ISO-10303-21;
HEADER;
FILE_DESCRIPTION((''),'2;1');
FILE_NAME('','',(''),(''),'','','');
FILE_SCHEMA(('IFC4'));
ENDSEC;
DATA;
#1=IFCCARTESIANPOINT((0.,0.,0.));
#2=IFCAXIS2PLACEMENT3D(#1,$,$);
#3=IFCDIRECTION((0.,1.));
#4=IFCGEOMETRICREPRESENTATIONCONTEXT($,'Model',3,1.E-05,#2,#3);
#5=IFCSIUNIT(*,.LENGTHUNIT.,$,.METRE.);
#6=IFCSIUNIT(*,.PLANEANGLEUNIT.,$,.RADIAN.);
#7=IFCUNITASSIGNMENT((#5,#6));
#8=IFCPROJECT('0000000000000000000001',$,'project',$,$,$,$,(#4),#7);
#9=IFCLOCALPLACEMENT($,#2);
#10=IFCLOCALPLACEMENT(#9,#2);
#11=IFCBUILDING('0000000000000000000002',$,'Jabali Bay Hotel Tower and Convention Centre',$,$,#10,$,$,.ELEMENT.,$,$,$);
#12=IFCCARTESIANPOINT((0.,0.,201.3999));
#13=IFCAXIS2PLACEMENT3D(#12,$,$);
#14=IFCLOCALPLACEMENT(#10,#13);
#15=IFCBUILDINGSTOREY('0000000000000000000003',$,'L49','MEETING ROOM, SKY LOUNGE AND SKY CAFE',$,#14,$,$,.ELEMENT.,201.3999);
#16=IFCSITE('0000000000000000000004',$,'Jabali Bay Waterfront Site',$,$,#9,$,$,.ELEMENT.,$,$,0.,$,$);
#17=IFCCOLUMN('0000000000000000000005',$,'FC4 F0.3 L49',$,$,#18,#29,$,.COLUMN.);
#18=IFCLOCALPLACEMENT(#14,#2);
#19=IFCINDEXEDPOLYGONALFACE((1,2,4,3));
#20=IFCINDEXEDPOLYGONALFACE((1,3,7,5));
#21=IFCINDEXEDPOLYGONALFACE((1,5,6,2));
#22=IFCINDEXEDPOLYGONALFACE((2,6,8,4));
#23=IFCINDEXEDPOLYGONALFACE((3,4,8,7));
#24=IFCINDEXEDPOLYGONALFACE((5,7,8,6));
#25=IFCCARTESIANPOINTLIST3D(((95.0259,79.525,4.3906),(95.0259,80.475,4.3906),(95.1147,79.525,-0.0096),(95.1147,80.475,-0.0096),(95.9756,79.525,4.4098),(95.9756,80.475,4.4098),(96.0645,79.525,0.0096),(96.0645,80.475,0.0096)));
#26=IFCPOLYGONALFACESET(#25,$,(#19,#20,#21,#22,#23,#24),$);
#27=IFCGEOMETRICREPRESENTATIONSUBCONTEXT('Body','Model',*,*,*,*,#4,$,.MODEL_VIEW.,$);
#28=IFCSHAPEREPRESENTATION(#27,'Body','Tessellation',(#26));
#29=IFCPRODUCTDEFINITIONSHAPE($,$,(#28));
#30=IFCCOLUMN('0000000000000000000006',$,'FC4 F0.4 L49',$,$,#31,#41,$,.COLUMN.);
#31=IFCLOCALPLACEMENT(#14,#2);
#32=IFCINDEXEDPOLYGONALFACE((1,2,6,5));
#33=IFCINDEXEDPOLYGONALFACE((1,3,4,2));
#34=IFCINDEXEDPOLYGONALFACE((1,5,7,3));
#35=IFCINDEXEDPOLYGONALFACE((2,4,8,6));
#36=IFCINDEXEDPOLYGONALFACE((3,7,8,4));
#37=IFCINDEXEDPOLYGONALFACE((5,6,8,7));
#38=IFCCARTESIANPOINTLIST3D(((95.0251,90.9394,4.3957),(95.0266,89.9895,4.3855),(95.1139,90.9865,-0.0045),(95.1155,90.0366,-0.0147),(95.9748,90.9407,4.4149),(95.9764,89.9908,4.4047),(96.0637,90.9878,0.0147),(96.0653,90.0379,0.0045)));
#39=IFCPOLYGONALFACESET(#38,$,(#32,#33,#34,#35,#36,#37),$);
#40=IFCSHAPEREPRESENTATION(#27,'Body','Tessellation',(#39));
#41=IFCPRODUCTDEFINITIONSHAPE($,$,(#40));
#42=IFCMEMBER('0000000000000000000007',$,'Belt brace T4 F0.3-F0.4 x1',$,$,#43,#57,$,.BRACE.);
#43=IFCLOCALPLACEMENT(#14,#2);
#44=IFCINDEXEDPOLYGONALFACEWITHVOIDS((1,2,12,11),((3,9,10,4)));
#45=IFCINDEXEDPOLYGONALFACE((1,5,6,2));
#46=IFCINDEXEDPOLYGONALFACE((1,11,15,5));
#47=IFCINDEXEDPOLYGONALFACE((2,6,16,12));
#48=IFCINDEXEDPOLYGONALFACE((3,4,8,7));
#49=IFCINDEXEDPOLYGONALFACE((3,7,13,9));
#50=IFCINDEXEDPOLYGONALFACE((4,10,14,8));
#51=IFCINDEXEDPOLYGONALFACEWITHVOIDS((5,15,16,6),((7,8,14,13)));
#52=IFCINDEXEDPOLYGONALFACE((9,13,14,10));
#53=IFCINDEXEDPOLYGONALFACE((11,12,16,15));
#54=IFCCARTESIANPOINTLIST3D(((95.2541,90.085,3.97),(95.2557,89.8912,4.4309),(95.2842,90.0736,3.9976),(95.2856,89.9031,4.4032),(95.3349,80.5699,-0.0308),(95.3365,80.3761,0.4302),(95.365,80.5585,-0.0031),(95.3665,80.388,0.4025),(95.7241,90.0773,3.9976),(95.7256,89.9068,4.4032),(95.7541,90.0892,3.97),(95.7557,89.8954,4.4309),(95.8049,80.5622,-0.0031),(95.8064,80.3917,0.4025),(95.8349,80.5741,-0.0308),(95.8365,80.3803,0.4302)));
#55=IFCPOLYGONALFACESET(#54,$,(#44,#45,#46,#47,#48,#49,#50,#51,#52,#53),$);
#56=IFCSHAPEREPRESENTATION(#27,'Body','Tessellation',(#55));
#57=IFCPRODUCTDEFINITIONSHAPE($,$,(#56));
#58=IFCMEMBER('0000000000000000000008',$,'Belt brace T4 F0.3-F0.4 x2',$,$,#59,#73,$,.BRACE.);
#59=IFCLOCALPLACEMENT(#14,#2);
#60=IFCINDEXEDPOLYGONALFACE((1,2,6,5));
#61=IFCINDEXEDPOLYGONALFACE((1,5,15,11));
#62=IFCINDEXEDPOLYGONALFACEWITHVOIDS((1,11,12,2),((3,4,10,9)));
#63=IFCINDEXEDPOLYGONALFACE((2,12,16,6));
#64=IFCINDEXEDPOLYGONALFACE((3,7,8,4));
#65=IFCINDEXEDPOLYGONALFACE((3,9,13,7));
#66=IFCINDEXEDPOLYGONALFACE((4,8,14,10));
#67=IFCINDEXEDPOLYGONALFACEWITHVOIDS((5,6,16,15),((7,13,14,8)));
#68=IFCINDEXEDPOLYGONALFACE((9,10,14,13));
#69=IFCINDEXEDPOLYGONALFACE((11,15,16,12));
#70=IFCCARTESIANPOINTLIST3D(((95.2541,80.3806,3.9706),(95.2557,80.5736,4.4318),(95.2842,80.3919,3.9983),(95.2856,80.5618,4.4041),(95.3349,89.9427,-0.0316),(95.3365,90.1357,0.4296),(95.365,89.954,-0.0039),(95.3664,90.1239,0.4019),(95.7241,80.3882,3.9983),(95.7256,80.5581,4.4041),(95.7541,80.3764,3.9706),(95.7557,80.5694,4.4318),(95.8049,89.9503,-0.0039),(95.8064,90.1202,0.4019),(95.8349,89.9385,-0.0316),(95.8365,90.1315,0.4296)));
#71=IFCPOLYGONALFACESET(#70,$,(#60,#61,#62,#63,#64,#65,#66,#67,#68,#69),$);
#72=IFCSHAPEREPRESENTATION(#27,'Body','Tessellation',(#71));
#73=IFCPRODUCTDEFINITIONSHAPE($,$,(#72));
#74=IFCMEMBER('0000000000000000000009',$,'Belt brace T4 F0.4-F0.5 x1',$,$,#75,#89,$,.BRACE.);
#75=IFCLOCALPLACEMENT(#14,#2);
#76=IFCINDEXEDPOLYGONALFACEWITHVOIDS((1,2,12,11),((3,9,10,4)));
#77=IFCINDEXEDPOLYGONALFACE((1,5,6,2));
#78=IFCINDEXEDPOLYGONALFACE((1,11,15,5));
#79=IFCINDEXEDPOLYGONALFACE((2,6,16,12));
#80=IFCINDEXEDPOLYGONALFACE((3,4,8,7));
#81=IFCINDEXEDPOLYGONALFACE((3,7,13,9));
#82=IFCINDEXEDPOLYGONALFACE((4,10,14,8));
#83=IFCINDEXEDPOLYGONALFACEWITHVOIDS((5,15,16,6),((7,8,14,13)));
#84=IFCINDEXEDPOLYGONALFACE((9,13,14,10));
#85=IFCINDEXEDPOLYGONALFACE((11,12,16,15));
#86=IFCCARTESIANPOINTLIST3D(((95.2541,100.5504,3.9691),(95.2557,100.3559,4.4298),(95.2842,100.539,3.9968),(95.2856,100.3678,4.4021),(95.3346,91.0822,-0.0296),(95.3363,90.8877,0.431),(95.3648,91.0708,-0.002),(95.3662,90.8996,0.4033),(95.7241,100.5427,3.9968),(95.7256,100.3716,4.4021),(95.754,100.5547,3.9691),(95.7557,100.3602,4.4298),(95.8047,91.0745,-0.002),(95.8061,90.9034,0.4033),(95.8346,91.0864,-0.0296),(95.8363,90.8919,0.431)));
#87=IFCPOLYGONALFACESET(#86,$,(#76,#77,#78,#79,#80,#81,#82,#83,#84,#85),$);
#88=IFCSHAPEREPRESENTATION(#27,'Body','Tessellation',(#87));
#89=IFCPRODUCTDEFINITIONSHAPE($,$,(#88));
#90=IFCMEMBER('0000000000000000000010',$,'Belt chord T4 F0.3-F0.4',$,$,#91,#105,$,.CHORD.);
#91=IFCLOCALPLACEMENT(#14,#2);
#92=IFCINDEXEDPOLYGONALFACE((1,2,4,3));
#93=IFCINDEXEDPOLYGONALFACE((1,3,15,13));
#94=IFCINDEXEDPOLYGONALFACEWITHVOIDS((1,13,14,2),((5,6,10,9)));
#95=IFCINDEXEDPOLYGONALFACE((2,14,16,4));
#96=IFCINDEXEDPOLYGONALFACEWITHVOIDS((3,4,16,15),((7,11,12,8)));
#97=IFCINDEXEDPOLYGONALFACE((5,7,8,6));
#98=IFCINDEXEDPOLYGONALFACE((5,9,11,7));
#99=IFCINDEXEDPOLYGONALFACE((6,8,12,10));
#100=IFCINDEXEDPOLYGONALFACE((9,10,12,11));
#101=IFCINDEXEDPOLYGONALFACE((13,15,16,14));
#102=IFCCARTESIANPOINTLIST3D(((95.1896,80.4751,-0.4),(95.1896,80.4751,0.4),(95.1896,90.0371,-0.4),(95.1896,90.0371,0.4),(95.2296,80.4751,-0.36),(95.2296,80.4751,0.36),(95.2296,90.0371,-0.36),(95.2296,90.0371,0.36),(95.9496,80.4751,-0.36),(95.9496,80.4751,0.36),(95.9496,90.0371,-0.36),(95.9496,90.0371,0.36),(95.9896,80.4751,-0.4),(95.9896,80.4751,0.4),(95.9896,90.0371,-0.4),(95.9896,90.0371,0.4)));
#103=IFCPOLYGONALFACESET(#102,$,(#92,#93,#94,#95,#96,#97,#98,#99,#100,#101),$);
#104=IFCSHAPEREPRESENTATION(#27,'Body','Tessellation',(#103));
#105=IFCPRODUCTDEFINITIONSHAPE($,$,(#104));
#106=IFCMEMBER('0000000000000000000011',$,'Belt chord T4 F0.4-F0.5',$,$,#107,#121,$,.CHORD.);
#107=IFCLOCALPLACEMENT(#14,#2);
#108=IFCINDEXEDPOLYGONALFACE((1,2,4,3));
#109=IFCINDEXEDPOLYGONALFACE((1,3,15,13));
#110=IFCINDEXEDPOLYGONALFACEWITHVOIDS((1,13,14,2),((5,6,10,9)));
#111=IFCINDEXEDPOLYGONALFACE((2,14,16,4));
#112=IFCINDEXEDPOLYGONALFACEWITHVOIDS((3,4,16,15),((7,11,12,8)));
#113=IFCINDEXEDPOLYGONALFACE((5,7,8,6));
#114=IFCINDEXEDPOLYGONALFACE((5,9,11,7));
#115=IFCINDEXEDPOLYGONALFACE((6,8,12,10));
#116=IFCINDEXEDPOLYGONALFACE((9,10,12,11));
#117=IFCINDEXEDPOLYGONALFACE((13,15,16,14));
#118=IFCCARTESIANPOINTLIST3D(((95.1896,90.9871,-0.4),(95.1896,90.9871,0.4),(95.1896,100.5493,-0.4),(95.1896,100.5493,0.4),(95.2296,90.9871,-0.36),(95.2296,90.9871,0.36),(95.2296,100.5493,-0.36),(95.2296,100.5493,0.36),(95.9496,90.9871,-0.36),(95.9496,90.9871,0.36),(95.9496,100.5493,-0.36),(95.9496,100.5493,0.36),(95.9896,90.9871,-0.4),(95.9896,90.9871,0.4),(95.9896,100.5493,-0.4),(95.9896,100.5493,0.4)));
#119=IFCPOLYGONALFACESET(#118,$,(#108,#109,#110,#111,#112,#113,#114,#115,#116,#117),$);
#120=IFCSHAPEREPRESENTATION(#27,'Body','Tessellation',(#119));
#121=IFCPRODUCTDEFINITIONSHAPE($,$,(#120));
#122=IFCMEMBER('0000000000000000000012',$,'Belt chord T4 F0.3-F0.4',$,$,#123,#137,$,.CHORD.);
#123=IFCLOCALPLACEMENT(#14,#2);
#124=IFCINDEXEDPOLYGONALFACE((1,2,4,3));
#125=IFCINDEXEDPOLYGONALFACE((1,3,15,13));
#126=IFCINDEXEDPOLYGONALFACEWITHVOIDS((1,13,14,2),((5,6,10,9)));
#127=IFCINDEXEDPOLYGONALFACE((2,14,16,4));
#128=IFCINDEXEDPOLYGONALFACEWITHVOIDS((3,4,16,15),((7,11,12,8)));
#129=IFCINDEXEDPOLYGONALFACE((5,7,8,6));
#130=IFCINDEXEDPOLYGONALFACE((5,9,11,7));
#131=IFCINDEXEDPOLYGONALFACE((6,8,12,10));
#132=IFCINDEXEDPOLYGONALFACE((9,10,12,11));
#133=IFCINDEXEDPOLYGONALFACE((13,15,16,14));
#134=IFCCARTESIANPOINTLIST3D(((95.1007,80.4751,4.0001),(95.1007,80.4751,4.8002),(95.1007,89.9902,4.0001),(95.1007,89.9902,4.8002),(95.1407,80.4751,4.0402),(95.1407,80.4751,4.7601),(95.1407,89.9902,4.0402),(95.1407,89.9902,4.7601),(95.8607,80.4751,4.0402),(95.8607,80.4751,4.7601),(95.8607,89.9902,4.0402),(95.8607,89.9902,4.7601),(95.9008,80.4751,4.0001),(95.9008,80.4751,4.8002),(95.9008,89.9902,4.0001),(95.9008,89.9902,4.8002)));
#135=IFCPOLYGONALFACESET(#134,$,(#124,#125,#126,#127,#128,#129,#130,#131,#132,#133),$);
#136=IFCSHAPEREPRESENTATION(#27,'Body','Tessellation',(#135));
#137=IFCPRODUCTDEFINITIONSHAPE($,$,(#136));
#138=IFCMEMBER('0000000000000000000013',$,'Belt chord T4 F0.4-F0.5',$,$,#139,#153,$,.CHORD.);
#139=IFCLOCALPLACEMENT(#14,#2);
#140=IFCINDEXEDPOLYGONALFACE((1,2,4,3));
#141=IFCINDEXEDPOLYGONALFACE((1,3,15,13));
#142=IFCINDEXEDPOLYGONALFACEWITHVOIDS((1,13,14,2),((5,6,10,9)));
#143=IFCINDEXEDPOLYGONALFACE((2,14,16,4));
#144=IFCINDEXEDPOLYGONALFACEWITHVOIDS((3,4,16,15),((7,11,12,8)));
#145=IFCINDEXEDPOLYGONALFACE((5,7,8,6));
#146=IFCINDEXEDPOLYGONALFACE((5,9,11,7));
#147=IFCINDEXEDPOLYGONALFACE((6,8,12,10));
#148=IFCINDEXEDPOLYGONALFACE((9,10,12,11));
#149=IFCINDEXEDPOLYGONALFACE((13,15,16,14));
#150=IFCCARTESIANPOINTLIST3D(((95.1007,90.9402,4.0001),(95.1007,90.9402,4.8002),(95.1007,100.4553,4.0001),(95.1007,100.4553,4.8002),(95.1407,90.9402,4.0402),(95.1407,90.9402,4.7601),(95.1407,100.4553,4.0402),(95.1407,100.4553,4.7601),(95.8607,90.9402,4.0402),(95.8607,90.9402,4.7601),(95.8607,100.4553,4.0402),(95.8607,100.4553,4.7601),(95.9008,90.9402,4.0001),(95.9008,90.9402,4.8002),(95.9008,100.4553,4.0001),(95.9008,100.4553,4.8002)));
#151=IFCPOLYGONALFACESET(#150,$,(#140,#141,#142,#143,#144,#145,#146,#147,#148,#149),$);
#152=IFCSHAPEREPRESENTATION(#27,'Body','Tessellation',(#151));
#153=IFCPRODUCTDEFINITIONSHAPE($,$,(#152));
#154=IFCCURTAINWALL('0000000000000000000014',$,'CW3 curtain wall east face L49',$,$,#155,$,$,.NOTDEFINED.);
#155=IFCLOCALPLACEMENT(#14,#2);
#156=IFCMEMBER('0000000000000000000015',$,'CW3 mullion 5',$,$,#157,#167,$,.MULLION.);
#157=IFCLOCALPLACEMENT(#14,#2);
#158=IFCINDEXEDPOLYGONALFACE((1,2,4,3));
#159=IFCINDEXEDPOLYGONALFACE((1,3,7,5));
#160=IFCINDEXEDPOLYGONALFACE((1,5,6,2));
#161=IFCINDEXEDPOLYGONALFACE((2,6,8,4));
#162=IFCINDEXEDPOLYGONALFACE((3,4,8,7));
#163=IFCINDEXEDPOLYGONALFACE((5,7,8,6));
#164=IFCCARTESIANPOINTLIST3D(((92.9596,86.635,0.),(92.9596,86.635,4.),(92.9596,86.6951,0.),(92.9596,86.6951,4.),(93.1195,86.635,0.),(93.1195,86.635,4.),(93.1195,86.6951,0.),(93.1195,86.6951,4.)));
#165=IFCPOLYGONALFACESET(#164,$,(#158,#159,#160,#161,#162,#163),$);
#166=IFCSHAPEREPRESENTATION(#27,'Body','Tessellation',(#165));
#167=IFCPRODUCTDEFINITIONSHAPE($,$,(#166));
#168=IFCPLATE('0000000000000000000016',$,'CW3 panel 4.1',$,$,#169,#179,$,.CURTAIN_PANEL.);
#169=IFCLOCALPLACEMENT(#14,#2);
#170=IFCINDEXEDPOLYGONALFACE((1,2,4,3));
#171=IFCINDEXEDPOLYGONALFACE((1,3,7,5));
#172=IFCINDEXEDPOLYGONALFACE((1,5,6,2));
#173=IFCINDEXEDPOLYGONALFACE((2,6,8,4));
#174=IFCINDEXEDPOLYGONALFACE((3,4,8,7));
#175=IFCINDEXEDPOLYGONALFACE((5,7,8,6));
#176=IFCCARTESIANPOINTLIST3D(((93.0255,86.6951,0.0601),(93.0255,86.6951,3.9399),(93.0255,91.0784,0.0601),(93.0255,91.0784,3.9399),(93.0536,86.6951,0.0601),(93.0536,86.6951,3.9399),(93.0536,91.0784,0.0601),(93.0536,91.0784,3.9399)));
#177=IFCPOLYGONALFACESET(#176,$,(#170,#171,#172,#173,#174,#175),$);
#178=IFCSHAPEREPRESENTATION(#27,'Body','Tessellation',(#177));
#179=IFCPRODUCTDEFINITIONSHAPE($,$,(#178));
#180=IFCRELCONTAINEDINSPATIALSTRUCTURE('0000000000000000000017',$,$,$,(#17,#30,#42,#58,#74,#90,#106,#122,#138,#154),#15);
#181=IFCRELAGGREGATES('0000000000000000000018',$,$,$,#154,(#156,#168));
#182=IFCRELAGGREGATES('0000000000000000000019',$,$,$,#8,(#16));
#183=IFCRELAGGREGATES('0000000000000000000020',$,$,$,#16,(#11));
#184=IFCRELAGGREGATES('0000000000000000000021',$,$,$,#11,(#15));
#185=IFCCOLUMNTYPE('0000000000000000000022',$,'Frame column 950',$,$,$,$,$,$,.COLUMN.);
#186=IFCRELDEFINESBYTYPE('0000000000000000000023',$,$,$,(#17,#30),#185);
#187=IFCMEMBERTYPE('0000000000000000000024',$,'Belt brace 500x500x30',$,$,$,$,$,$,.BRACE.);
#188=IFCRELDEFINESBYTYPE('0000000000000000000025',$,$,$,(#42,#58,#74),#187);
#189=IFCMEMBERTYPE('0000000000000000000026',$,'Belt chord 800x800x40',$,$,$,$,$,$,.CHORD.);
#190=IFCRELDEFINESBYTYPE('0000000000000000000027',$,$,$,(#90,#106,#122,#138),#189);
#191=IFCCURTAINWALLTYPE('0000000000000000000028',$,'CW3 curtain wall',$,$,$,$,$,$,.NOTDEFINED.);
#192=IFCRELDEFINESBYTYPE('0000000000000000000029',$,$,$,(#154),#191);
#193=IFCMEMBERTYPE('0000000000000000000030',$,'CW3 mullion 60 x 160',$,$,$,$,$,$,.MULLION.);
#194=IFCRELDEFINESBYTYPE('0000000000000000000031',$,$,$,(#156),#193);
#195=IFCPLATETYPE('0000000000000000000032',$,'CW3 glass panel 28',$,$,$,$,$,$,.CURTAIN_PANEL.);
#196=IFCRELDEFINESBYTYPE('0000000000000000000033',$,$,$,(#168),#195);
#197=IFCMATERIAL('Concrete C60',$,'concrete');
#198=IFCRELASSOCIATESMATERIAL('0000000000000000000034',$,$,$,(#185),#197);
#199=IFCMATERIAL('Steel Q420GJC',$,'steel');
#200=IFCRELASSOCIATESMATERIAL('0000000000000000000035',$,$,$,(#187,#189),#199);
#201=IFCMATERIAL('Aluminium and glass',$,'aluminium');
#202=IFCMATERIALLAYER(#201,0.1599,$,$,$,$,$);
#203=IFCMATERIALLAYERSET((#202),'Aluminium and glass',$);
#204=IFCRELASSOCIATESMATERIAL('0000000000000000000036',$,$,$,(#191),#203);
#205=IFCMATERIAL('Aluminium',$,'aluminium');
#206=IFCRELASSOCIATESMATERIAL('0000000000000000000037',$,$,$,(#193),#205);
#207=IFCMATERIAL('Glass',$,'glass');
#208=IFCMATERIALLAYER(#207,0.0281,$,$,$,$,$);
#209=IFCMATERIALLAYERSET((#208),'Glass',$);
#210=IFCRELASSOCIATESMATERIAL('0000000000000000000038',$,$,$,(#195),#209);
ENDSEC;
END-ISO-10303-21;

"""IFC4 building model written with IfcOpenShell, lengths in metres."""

from ifc_helpers import new_model, si_unit, direction, frame, origin, origin_2d, place, context, subcontext, project, spatial, rectangle, hollow_rectangle, extrude, material, layer, layer_set, material_profile, profile_set, type_object, element, aggregate, save


model = new_model("IFC4")

# Units and contexts
model_context = context("Model", 3, precision=1e-05, world=origin(), true_north=direction((0.0, 1.0)))
body_context = subcontext(model_context, "Body", "Model", "MODEL_VIEW")
ifc_project = project(units=[si_unit("LENGTHUNIT", "METRE"), si_unit("PLANEANGLEUNIT", "RADIAN")], contexts=[model_context])

# Site, building, storey
site_placement = place(None, origin())
site = spatial("IfcSite", under=ifc_project, at=site_placement, Name="Jabali Bay Waterfront Site", CompositionType="ELEMENT", RefElevation=0.0)
building_placement = place(site_placement, origin())
building = spatial("IfcBuilding", under=site, at=building_placement, Name="Jabali Bay Hotel Tower and Convention Centre", CompositionType="ELEMENT")
storey_placement = place(building_placement, frame((0.0, 0.0, 201.3999)))
storey = spatial("IfcBuildingStorey", under=building, at=storey_placement, Name="L49", Description="MEETING ROOM, SKY LOUNGE AND SKY CAFE", CompositionType="ELEMENT", Elevation=201.3999)

# Columns
ifc_material_1 = material(Name="Concrete C60", Category="concrete")
ifc_material_profile_1 = material_profile(ifc_material_1, rectangle(XDim=0.95, YDim=0.95, at=origin_2d()), Name="Frame column 950")
ifc_profile_set_1 = profile_set([ifc_material_profile_1], Name="Concrete C60")
column_type = type_object("IfcColumnType", Name="Frame column 950", PredefinedType="COLUMN", material=ifc_profile_set_1)
column_1_placement = place(storey_placement, frame((95.5896, 80.0, 0.0), z_axis=(-0.020192, 0.0, 0.999796), x_axis=(0.0, -1.0, 0.0)))
element("IfcColumn", 1, at=column_1_placement, inside=storey, type_object=column_type, Name="FC4 F0.3 L49", PredefinedType="COLUMN", context=body_context, shape_type="SweptSolid", body=[
    extrude(rectangle(XDim=0.95, YDim=0.95, at=origin_2d()), origin(), (0.0, 0.0, 1.0), 4.4011),
])
column_2_placement = place(storey_placement, frame((95.5896, 90.5122, 0.0), z_axis=(-0.020191, -0.010706, 0.999739), x_axis=(0.999795, 0.00143, 0.020208)))
element("IfcColumn", 2, at=column_2_placement, inside=storey, type_object=column_type, Name="FC4 F0.4 L49", PredefinedType="COLUMN", context=body_context, shape_type="SweptSolid", body=[
    extrude(rectangle(XDim=0.95, YDim=0.95, at=origin_2d()), origin(), (0.0, 0.0, 1.0), 4.4014),
])

# Members
ifc_material_2 = material(Name="Steel Q420GJC", Category="steel")
ifc_material_profile_2 = material_profile(ifc_material_2, hollow_rectangle(XDim=0.5, YDim=0.5, WallThickness=0.03, at=origin_2d()), Name="Belt brace 500x500x30")
ifc_profile_set_2 = profile_set([ifc_material_profile_2], Name="Steel Q420GJC")
member_type_1 = type_object("IfcMemberType", Name="Belt brace 500x500x30", PredefinedType="BRACE", material=ifc_profile_set_2)
member_1_placement = place(storey_placement, frame((95.5857, 80.4751, 0.1997), z_axis=(-0.007829, 0.921802, 0.387581), x_axis=(-0.999964, -0.008493, 0.0)))
element("IfcMember", 3, at=member_1_placement, inside=storey, type_object=member_type_1, Name="Belt brace T4 F0.3-F0.4 x1", PredefinedType="BRACE", context=body_context, shape_type="SweptSolid", body=[
    extrude(hollow_rectangle(XDim=0.5, YDim=0.5, WallThickness=0.03, at=origin_2d()), origin(), (0.0, 0.0, 1.0), 10.3223),
])
member_2_placement = place(storey_placement, frame((95.5857, 90.0371, 0.199), z_axis=(-0.007796, -0.92243, 0.386085), x_axis=(0.999964, -0.008451, 0.0)))
element("IfcMember", 4, at=member_2_placement, inside=storey, type_object=member_type_1, Name="Belt brace T4 F0.3-F0.4 x2", PredefinedType="BRACE", context=body_context, shape_type="SweptSolid", body=[
    extrude(hollow_rectangle(XDim=0.5, YDim=0.5, WallThickness=0.03, at=origin_2d()), origin(), (0.0, 0.0, 1.0), 10.3662),
])
member_3_placement = place(storey_placement, frame((95.5854, 90.9871, 0.2007), z_axis=(-0.007838, 0.921184, 0.389048), x_axis=(-0.999964, -0.008509, 0.0)))
element("IfcMember", 5, at=member_3_placement, inside=storey, type_object=member_type_1, Name="Belt brace T4 F0.4-F0.5 x1", PredefinedType="BRACE", context=body_context, shape_type="SweptSolid", body=[
    extrude(hollow_rectangle(XDim=0.5, YDim=0.5, WallThickness=0.03, at=origin_2d()), origin(), (0.0, 0.0, 1.0), 10.2783),
])
ifc_material_profile_3 = material_profile(ifc_material_2, hollow_rectangle(XDim=0.8, YDim=0.8, WallThickness=0.04, at=origin_2d()), Name="Belt chord 800x800x40")
ifc_profile_set_3 = profile_set([ifc_material_profile_3], Name="Steel Q420GJC")
member_type_2 = type_object("IfcMemberType", Name="Belt chord 800x800x40", PredefinedType="CHORD", material=ifc_profile_set_3)
member_4_placement = place(storey_placement, frame((95.5896, 80.4751, 0.0), z_axis=(0.0, 1.0, 0.0), x_axis=(-1.0, 0.0, 0.0)))
element("IfcMember", 6, at=member_4_placement, inside=storey, type_object=member_type_2, Name="Belt chord T4 F0.3-F0.4", PredefinedType="CHORD", context=body_context, shape_type="SweptSolid", body=[
    extrude(hollow_rectangle(XDim=0.8, YDim=0.8, WallThickness=0.04, at=origin_2d()), origin(), (0.0, 0.0, 1.0), 9.562),
])
member_5_placement = place(storey_placement, frame((95.5896, 90.9871, 0.0), z_axis=(0.0, 1.0, 0.0), x_axis=(-1.0, 0.0, 0.0)))
element("IfcMember", 7, at=member_5_placement, inside=storey, type_object=member_type_2, Name="Belt chord T4 F0.4-F0.5", PredefinedType="CHORD", context=body_context, shape_type="SweptSolid", body=[
    extrude(hollow_rectangle(XDim=0.8, YDim=0.8, WallThickness=0.04, at=origin_2d()), origin(), (0.0, 0.0, 1.0), 9.5623),
])
for number, where, z_axis, x_axis, name in (
    (8, (95.5007, 80.4751, 4.4001), (0.0, 1.0, 0.0), (-1.0, 0.0, 0.0), "Belt chord T4 F0.3-F0.4"),
    (9, (95.5007, 90.9402, 4.4001), (0.0, 1.0, 0.0), (-1.0, 0.0, 0.0), "Belt chord T4 F0.4-F0.5"),
):
    element("IfcMember", number, at=place(storey_placement, frame(where, z_axis=z_axis, x_axis=x_axis)), inside=storey, type_object=member_type_2, Name=name, PredefinedType="CHORD", context=body_context, shape_type="SweptSolid", body=[
        extrude(hollow_rectangle(XDim=0.8, YDim=0.8, WallThickness=0.04, at=origin_2d()), origin(), (0.0, 0.0, 1.0), 9.5151),
    ])

# Curtain wall, member, plate
ifc_material_3 = material(Name="Aluminium and glass", Category="aluminium")
ifc_layer_1 = layer(ifc_material_3, 0.1599)
ifc_layer_set_1 = layer_set([ifc_layer_1], Name="Aluminium and glass")
curtain_wall_type = type_object("IfcCurtainWallType", Name="CW3 curtain wall", PredefinedType="NOTDEFINED", material=ifc_layer_set_1)
curtain_wall_placement = place(storey_placement, origin())
curtain_wall = element("IfcCurtainWall", 10, at=curtain_wall_placement, inside=storey, type_object=curtain_wall_type, Name="CW3 curtain wall east face L49", PredefinedType="NOTDEFINED")
ifc_material_4 = material(Name="Aluminium", Category="aluminium")
ifc_material_profile_4 = material_profile(ifc_material_4, rectangle(XDim=0.1599, YDim=0.0601, at=origin_2d()), Name="CW3 mullion 60 x 160")
ifc_profile_set_4 = profile_set([ifc_material_profile_4], Name="Aluminium")
member_type_3 = type_object("IfcMemberType", Name="CW3 mullion 60 x 160", PredefinedType="MULLION", material=ifc_profile_set_4)
member_6_placement = place(storey_placement, frame((93.0396, 86.665, 0.0), z_axis=(0.0, 0.0, 1.0), x_axis=(1.0, 0.0, 0.0)))
member_6 = element("IfcMember", 11, at=member_6_placement, type_object=member_type_3, Name="CW3 mullion 5", PredefinedType="MULLION", context=body_context, shape_type="SweptSolid", body=[
    extrude(rectangle(XDim=0.1599, YDim=0.0601, at=origin_2d()), origin(), (0.0, 0.0, 1.0), 4.0),
])
ifc_material_5 = material(Name="Glass", Category="glass")
ifc_layer_2 = layer(ifc_material_5, 0.0281)
ifc_layer_set_2 = layer_set([ifc_layer_2], Name="Glass")
plate_type = type_object("IfcPlateType", Name="CW3 glass panel 28", PredefinedType="CURTAIN_PANEL", material=ifc_layer_set_2)
plate_placement = place(storey_placement, frame((93.0396, 88.8867, 0.0601), z_axis=(0.0, 0.0, 1.0), x_axis=(0.0, -1.0, 0.0)))
plate = element("IfcPlate", 12, at=plate_placement, type_object=plate_type, Name="CW3 panel 4.1", PredefinedType="CURTAIN_PANEL", context=body_context, shape_type="SweptSolid", body=[
    extrude(rectangle(XDim=4.3833, YDim=0.0281, at=origin_2d()), origin(), (0.0, 0.0, 1.0), 3.8799),
])
aggregate(curtain_wall, [member_6, plate])

save(model, "model.ifc")
